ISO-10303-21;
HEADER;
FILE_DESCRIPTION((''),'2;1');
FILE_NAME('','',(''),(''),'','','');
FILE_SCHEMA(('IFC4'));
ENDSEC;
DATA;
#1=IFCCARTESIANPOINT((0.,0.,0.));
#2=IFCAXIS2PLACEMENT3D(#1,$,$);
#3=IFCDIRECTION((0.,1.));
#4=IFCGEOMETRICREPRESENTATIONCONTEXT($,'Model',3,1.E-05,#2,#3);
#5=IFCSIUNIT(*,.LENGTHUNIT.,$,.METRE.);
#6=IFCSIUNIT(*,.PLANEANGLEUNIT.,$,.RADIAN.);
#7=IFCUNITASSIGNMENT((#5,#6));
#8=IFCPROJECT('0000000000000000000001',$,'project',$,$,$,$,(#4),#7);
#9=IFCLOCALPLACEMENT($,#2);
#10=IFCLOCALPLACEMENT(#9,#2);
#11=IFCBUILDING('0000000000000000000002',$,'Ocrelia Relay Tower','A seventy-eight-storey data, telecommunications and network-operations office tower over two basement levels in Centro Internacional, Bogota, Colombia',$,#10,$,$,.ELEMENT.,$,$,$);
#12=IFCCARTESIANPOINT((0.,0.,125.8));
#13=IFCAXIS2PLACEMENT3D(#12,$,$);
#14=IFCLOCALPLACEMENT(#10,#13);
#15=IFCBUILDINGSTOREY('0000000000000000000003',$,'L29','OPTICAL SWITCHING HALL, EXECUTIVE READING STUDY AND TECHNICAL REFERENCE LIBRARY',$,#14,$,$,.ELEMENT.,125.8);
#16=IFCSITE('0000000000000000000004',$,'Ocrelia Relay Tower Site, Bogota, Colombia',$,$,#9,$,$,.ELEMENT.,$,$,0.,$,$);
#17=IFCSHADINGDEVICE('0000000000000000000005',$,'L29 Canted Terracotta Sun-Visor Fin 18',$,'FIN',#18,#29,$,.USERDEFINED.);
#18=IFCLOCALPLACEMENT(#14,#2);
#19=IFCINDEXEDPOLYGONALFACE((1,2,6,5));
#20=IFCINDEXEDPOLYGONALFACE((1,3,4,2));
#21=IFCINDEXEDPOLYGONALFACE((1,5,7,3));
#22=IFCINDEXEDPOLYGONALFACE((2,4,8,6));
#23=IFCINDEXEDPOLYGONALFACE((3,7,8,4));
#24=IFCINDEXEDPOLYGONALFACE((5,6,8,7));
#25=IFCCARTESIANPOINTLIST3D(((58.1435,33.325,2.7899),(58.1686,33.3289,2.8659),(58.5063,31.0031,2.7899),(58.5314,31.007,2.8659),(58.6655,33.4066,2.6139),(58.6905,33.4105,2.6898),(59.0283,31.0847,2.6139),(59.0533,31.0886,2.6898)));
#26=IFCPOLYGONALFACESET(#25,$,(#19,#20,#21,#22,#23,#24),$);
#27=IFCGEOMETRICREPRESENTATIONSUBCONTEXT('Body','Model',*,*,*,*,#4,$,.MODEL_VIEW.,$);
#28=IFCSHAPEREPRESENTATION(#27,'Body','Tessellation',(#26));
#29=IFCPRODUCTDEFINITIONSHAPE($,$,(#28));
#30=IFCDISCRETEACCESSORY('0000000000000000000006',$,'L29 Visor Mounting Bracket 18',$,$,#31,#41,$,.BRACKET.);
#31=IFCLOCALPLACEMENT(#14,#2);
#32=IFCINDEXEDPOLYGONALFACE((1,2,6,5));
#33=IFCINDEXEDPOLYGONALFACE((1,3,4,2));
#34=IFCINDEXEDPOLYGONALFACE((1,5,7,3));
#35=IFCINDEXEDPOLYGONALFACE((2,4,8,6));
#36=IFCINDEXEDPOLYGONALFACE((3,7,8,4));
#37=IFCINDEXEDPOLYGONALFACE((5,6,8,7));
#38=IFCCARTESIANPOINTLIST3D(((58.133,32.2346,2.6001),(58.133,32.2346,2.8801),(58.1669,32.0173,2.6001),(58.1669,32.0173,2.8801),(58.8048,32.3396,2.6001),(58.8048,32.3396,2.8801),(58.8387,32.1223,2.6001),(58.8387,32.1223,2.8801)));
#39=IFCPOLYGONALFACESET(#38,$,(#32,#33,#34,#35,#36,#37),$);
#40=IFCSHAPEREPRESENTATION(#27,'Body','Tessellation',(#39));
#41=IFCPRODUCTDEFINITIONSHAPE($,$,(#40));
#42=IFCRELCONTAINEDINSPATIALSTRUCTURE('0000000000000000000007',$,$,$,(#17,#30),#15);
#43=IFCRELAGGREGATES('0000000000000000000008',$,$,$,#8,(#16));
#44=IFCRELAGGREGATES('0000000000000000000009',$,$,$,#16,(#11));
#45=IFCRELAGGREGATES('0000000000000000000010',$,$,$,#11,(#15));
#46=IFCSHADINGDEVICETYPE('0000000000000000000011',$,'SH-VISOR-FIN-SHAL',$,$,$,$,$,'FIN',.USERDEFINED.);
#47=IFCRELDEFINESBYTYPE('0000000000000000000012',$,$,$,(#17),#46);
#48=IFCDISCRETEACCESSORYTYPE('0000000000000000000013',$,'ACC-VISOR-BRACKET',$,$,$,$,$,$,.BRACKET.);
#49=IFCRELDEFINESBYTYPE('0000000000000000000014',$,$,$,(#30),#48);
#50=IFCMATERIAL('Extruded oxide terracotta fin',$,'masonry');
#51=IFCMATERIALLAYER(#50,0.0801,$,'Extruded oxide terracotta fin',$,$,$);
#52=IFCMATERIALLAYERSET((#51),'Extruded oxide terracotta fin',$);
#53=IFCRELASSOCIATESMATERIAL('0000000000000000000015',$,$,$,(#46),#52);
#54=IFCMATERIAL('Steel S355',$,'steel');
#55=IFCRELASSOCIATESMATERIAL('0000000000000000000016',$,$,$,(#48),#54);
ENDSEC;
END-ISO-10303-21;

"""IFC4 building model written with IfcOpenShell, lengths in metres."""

from ifc_helpers import new_model, si_unit, direction, frame, origin, origin_2d, place, context, subcontext, project, spatial, rectangle, extrude, material, layer, layer_set, type_object, element, save


model = new_model("IFC4")

# Units and contexts
model_context = context("Model", 3, precision=1e-05, world=origin(), true_north=direction((0.0, 1.0)))
body_context = subcontext(model_context, "Body", "Model", "MODEL_VIEW")
ifc_project = project(units=[si_unit("LENGTHUNIT", "METRE"), si_unit("PLANEANGLEUNIT", "RADIAN")], contexts=[model_context])

# Site, building, storey
site_placement = place(None, origin())
site = spatial("IfcSite", under=ifc_project, at=site_placement, Name="Ocrelia Relay Tower Site, Bogota, Colombia", CompositionType="ELEMENT", RefElevation=0.0)
building_placement = place(site_placement, origin())
building = spatial("IfcBuilding", under=site, at=building_placement, Name="Ocrelia Relay Tower", Description="A seventy-eight-storey data, telecommunications and network-operations office tower over two basement levels in Centro Internacional, Bogota, Colombia", CompositionType="ELEMENT")
storey_placement = place(building_placement, frame((0.0, 0.0, 125.8)))
storey = spatial("IfcBuildingStorey", under=building, at=storey_placement, Name="L29", Description="OPTICAL SWITCHING HALL, EXECUTIVE READING STUDY AND TECHNICAL REFERENCE LIBRARY", CompositionType="ELEMENT", Elevation=125.8)

# Shared definitions
ifc_material_1 = material(Name="Steel S355", Category="steel")

# Shading device
ifc_material_2 = material(Name="Extruded oxide terracotta fin", Category="masonry")
ifc_layer_1 = layer(ifc_material_2, 0.0801, Name="Extruded oxide terracotta fin")
ifc_layer_set_1 = layer_set([ifc_layer_1], Name="Extruded oxide terracotta fin")
shading_device_type = type_object("IfcShadingDeviceType", Name="SH-VISOR-FIN-SHAL", ElementType="FIN", PredefinedType="USERDEFINED", material=ifc_layer_set_1)
shading_device_placement = place(storey_placement, frame((58.5859, 32.2048, 2.7019), z_axis=(0.312356, 0.048806, 0.948711), x_axis=(-0.154379, 0.988012, 0.0)))
element("IfcShadingDevice", 1, at=shading_device_placement, inside=storey, type_object=shading_device_type, Name="L29 Canted Terracotta Sun-Visor Fin 18", ObjectType="FIN", PredefinedType="USERDEFINED", context=body_context, shape_type="SweptSolid", body=[
    extrude(rectangle(XDim=2.3501, YDim=0.5569, at=origin_2d()), origin(), (0.0, 0.0, 1.0), 0.0801),
])

# Discrete accessory
discrete_accessory_type = type_object("IfcDiscreteAccessoryType", Name="ACC-VISOR-BRACKET", PredefinedType="BRACKET", material=ifc_material_1)
discrete_accessory_placement = place(storey_placement, frame((58.4858, 32.1785, 2.6001), z_axis=(0.0, 0.0, 1.0), x_axis=(-0.154379, 0.988012, 0.0)))
element("IfcDiscreteAccessory", 2, at=discrete_accessory_placement, inside=storey, type_object=discrete_accessory_type, Name="L29 Visor Mounting Bracket 18", PredefinedType="BRACKET", context=body_context, shape_type="SweptSolid", body=[
    extrude(rectangle(XDim=0.22, YDim=0.6799, at=origin_2d()), origin(), (0.0, 0.0, 1.0), 0.28),
])

save(model, "model.ifc")
